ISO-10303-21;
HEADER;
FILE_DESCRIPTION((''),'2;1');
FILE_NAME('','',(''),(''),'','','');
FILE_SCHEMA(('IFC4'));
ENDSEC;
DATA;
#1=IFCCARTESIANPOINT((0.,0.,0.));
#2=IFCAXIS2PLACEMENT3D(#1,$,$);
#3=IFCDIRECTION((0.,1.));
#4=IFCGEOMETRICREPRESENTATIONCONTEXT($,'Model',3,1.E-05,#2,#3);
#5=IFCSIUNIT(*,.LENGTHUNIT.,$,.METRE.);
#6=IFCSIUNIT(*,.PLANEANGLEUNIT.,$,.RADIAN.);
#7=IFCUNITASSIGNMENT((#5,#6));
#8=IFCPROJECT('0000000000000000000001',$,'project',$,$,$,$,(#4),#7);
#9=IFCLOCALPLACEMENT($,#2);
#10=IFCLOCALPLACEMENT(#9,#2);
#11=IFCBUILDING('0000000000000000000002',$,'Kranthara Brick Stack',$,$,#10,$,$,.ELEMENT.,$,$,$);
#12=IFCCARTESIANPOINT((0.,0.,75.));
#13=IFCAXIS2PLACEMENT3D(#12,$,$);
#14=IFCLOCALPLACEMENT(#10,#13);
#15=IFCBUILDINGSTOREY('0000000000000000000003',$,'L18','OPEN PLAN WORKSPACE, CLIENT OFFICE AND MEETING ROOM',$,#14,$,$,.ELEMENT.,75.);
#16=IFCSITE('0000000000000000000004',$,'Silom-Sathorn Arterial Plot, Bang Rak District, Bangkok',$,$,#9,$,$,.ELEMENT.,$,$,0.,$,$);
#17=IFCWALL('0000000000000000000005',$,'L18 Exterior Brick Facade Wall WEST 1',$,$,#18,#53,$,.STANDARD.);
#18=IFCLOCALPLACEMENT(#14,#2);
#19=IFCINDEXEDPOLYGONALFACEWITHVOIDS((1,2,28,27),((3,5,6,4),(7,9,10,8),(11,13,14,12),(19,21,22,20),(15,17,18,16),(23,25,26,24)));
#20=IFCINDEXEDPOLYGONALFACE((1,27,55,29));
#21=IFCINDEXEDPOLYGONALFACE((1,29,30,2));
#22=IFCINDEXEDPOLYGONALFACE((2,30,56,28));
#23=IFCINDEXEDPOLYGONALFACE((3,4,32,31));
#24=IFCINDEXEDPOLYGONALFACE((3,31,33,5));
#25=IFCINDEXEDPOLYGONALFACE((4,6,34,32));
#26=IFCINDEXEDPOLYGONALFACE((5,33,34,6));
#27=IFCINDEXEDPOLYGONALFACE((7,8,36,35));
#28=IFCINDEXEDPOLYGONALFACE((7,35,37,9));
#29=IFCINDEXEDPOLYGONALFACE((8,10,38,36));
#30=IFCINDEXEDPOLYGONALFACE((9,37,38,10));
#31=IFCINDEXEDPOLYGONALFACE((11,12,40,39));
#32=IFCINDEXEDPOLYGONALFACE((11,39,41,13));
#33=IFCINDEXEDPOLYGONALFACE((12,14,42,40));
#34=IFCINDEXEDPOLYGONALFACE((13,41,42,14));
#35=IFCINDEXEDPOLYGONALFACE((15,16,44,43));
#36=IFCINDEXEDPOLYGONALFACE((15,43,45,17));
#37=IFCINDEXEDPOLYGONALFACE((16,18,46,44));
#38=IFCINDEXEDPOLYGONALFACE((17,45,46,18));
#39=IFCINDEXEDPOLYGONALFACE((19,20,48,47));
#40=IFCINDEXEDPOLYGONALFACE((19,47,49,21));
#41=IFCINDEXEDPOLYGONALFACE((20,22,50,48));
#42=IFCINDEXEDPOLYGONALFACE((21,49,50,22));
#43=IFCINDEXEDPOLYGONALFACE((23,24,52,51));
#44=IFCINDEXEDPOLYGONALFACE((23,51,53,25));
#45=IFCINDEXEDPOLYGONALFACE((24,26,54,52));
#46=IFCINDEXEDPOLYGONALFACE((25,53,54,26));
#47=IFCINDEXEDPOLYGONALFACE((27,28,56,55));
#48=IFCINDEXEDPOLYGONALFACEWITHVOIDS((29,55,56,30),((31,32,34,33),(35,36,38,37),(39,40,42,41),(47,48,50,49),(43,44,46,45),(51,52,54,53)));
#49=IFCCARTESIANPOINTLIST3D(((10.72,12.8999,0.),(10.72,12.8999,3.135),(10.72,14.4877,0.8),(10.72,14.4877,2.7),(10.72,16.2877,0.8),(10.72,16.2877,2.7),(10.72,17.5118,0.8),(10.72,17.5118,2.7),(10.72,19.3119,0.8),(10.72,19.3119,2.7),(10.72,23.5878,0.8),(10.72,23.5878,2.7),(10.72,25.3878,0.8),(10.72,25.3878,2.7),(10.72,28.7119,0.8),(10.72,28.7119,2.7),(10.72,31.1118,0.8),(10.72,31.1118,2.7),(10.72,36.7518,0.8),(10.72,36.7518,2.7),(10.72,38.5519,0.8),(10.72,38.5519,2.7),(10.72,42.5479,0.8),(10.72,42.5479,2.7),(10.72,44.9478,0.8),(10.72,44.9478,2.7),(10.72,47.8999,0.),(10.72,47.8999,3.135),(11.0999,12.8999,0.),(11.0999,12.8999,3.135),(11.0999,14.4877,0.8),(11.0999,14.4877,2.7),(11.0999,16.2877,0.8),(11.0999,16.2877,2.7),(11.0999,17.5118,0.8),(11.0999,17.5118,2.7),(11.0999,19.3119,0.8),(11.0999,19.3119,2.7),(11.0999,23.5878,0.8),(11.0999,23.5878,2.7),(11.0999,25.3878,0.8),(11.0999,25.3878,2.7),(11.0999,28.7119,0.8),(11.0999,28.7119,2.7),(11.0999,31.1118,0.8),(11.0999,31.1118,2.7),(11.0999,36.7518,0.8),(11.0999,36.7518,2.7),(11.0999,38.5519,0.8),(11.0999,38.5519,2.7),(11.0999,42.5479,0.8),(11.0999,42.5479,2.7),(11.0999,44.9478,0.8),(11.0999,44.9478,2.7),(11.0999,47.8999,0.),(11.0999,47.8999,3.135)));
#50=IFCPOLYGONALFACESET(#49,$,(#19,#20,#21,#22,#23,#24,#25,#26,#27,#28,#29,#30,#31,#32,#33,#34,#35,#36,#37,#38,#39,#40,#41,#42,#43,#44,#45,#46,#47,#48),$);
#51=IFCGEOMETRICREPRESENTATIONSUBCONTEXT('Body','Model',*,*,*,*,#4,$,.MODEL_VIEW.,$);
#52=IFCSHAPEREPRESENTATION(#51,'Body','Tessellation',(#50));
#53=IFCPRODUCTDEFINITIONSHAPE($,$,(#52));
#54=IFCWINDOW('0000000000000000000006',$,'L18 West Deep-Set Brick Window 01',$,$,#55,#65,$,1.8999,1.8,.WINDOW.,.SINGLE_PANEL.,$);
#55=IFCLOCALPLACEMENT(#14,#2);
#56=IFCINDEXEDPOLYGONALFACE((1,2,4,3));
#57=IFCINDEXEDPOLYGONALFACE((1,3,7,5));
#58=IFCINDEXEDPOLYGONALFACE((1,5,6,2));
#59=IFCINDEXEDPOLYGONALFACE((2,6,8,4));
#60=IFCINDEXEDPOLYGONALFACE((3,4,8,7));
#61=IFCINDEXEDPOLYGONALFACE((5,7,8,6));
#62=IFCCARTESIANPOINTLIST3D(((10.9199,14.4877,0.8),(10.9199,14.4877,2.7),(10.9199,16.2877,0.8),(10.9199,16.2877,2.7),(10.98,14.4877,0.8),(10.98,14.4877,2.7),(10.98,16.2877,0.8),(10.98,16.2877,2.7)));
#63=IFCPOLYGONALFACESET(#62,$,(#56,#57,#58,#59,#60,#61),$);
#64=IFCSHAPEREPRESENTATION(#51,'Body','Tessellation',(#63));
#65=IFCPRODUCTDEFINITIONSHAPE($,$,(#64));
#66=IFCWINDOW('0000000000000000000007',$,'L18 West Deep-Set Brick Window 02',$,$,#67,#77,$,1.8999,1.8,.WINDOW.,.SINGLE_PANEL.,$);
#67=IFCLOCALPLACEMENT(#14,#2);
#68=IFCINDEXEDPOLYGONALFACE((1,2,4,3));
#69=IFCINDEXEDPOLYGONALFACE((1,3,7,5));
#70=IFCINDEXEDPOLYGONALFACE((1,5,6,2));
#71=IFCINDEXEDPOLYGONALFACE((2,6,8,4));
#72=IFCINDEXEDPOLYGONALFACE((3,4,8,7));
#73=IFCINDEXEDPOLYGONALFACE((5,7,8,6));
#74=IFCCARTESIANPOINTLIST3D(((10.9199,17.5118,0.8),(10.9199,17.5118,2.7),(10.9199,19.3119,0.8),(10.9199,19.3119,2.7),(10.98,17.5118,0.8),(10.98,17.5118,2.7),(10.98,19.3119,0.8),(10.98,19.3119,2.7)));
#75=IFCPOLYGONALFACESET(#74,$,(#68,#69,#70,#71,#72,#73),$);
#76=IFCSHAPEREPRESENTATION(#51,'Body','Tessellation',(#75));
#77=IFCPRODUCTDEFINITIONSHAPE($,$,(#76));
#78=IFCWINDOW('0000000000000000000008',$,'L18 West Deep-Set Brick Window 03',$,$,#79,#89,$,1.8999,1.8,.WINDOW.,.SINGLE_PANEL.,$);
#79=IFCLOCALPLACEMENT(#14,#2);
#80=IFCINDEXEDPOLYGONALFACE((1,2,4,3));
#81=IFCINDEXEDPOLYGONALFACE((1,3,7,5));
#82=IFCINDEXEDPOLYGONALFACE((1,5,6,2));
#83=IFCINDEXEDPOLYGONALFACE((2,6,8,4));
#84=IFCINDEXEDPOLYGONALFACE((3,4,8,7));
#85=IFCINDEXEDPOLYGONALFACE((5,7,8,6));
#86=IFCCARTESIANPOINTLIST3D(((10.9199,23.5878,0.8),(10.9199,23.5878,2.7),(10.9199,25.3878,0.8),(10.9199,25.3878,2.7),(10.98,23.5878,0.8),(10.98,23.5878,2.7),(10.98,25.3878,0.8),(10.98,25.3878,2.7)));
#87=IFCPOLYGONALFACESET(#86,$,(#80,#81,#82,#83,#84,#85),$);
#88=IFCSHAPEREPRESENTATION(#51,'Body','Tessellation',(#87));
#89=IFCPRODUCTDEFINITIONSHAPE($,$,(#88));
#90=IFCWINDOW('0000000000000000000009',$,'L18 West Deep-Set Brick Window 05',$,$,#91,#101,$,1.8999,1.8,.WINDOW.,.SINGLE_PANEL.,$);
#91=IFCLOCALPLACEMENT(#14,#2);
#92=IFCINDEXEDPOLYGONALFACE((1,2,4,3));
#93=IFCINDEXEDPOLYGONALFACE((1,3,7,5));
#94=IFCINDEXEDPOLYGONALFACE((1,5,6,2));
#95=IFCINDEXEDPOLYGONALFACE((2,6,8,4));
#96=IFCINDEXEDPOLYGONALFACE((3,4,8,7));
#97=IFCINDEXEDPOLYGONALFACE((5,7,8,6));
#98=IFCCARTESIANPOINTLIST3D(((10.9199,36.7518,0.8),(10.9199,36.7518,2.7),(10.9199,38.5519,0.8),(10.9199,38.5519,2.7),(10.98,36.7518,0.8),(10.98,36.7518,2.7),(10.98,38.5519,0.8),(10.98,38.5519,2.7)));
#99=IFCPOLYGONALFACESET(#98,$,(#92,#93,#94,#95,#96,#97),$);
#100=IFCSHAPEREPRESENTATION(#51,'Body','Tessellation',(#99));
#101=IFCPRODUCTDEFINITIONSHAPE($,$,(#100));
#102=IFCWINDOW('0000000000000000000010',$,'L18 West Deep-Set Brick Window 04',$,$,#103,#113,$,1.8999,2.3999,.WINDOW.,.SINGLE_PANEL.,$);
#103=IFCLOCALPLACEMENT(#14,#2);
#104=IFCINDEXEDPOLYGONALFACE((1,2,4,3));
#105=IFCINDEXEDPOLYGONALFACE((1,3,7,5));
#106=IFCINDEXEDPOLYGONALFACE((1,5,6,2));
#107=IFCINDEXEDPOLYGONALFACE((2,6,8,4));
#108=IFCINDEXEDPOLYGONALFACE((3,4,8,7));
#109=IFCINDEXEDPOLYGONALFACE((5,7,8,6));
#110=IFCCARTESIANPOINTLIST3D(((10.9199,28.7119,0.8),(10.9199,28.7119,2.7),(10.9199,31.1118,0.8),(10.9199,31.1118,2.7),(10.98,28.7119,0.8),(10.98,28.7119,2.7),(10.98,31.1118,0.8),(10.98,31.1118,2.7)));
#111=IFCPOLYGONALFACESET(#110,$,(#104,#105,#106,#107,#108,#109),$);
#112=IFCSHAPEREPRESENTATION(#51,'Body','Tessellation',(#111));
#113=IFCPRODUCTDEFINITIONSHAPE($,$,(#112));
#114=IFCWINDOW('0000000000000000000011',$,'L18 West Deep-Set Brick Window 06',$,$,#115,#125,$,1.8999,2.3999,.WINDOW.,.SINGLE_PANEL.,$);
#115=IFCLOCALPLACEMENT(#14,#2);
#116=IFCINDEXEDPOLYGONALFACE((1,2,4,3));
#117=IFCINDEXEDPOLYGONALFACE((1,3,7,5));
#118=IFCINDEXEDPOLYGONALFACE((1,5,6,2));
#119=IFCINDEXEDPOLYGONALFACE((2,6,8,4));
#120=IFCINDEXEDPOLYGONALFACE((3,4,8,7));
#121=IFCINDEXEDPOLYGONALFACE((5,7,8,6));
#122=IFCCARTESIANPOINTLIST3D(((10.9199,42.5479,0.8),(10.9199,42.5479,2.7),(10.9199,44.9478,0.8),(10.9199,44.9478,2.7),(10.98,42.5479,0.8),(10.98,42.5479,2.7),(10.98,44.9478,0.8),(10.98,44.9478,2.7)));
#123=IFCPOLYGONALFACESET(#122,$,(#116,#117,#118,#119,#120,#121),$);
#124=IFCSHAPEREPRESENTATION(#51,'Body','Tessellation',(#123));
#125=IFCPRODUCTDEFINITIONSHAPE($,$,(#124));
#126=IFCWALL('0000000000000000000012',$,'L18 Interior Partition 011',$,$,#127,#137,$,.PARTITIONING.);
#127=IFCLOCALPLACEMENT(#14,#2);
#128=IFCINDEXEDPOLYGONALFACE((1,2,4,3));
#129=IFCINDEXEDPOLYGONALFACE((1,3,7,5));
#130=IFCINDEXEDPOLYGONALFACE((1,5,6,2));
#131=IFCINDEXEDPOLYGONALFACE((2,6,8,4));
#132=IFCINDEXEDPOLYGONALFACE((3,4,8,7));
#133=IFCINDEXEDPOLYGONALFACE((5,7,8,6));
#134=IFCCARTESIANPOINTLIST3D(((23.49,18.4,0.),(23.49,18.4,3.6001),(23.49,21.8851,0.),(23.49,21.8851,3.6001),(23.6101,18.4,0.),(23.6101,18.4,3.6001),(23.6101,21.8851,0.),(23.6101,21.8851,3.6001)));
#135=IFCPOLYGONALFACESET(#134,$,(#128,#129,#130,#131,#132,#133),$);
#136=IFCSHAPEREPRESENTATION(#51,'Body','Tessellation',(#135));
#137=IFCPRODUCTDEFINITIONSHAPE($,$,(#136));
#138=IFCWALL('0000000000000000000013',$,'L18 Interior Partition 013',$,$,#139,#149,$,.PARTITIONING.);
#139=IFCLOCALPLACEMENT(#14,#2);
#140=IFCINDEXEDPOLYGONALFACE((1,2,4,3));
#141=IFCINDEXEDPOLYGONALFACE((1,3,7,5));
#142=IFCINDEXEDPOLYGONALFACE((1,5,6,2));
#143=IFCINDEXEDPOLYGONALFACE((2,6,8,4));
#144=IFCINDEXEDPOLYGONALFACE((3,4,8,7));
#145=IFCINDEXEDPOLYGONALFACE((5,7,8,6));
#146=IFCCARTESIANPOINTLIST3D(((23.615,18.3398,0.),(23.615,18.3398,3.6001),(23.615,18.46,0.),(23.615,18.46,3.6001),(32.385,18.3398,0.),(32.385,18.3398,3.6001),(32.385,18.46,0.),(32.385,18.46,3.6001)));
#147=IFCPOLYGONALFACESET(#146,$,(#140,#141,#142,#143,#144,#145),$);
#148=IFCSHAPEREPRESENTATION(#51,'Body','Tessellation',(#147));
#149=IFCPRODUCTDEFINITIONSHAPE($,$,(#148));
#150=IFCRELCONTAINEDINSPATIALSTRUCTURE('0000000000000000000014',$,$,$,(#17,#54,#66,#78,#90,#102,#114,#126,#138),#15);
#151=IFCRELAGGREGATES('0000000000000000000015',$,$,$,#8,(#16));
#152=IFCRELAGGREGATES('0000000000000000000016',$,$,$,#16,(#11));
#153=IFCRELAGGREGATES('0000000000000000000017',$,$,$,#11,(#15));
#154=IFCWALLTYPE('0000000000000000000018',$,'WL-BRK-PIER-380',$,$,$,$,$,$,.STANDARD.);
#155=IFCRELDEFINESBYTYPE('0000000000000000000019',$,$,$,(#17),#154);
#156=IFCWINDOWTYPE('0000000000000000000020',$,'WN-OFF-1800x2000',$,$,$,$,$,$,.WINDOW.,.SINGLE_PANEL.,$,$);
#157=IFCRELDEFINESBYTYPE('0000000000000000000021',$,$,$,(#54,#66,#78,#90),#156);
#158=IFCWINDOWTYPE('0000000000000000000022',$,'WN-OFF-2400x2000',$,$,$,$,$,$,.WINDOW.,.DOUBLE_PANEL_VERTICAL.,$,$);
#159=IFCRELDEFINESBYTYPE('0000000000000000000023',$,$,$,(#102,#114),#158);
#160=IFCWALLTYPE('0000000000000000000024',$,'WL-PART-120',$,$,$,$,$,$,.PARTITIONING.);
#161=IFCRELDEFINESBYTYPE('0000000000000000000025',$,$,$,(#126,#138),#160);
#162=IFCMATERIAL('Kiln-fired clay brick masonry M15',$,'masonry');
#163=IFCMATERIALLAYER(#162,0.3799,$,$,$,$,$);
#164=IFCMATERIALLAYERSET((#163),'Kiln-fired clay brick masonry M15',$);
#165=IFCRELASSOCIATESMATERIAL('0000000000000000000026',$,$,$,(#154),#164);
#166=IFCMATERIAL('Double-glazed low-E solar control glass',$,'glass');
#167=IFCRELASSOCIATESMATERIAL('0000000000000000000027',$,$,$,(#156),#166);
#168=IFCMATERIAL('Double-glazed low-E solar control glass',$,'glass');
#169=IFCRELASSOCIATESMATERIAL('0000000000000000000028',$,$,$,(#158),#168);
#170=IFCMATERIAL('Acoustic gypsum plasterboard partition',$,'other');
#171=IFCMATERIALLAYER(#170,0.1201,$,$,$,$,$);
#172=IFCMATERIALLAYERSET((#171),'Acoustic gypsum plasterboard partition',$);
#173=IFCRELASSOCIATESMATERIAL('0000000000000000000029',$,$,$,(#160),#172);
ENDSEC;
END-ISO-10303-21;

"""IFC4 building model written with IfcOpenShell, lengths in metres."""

from ifc_helpers import new_model, si_unit, direction, frame, frame_2d, origin, place, context, subcontext, project, spatial, rectangle, extrude, material, layer, layer_set, type_object, element, fill, save


model = new_model("IFC4")

# Units and contexts
model_context = context("Model", 3, precision=1e-05, world=origin(), true_north=direction((0.0, 1.0)))
body_context = subcontext(model_context, "Body", "Model", "MODEL_VIEW")
ifc_project = project(units=[si_unit("LENGTHUNIT", "METRE"), si_unit("PLANEANGLEUNIT", "RADIAN")], contexts=[model_context])

# Site, building, storey
site_placement = place(None, origin())
site = spatial("IfcSite", under=ifc_project, at=site_placement, Name="Silom-Sathorn Arterial Plot, Bang Rak District, Bangkok", CompositionType="ELEMENT", RefElevation=0.0)
building_placement = place(site_placement, origin())
building = spatial("IfcBuilding", under=site, at=building_placement, Name="Kranthara Brick Stack", CompositionType="ELEMENT")
storey_placement = place(building_placement, frame((0.0, 0.0, 75.0)))
storey = spatial("IfcBuildingStorey", under=building, at=storey_placement, Name="L18", Description="OPEN PLAN WORKSPACE, CLIENT OFFICE AND MEETING ROOM", CompositionType="ELEMENT", Elevation=75.0)

# Wall, openings, windows
ifc_material_1 = material(Name="Kiln-fired clay brick masonry M15", Category="masonry")
ifc_layer_1 = layer(ifc_material_1, 0.3799)
ifc_layer_set_1 = layer_set([ifc_layer_1], Name="Kiln-fired clay brick masonry M15")
wall_type_1 = type_object("IfcWallType", Name="WL-BRK-PIER-380", PredefinedType="STANDARD", material=ifc_layer_set_1)
wall_1_placement = place(storey_placement, frame((10.9099, 12.8999, 0.0), z_axis=(0.0, 0.0, 1.0), x_axis=(0.0, 1.0, 0.0)))
wall_1 = element("IfcWall", 1, at=wall_1_placement, inside=storey, type_object=wall_type_1, Name="L18 Exterior Brick Facade Wall WEST 1", PredefinedType="STANDARD", context=body_context, shape_type="SweptSolid", body=[
    extrude(rectangle(XDim=35.0, YDim=0.3799, at=frame_2d((17.5, 0.0))), origin(), (0.0, 0.0, 1.0), 3.135),
])
opening_1_placement = place(wall_1_placement, frame((1.5879, 0.0, 0.8)))
opening_1 = element("IfcOpeningElement", 2, at=opening_1_placement, cuts=wall_1, PredefinedType="OPENING", context=body_context, shape_type="SweptSolid", body=[
    extrude(rectangle(XDim=1.8, YDim=1.8999, at=frame_2d((0.8999, 0.95))), frame((0.0, 0.2, 0.0), z_axis=(0.0, -1.0, 0.0), x_axis=(1.0, 0.0, 0.0)), (0.0, 0.0, 1.0), 0.3999),
])
opening_2_placement = place(wall_1_placement, frame((4.6121, 0.0, 0.8)))
opening_2 = element("IfcOpeningElement", 3, at=opening_2_placement, cuts=wall_1, PredefinedType="OPENING", context=body_context, shape_type="SweptSolid", body=[
    extrude(rectangle(XDim=1.8, YDim=1.8999, at=frame_2d((0.8999, 0.95))), frame((0.0, 0.2, 0.0), z_axis=(0.0, -1.0, 0.0), x_axis=(1.0, 0.0, 0.0)), (0.0, 0.0, 1.0), 0.3999),
])
opening_3_placement = place(wall_1_placement, frame((10.688, 0.0, 0.8)))
opening_3 = element("IfcOpeningElement", 4, at=opening_3_placement, cuts=wall_1, PredefinedType="OPENING", context=body_context, shape_type="SweptSolid", body=[
    extrude(rectangle(XDim=1.8, YDim=1.8999, at=frame_2d((0.8999, 0.95))), frame((0.0, 0.2, 0.0), z_axis=(0.0, -1.0, 0.0), x_axis=(1.0, 0.0, 0.0)), (0.0, 0.0, 1.0), 0.3999),
])
opening_4_placement = place(wall_1_placement, frame((15.812, 0.0, 0.8)))
opening_4 = element("IfcOpeningElement", 5, at=opening_4_placement, cuts=wall_1, PredefinedType="OPENING", context=body_context, shape_type="SweptSolid", body=[
    extrude(rectangle(XDim=2.3999, YDim=1.8999, at=frame_2d((1.2, 0.95))), frame((0.0, 0.2, 0.0), z_axis=(0.0, -1.0, 0.0), x_axis=(1.0, 0.0, 0.0)), (0.0, 0.0, 1.0), 0.3999),
])
opening_5_placement = place(wall_1_placement, frame((23.8521, 0.0, 0.8)))
opening_5 = element("IfcOpeningElement", 6, at=opening_5_placement, cuts=wall_1, PredefinedType="OPENING", context=body_context, shape_type="SweptSolid", body=[
    extrude(rectangle(XDim=1.8, YDim=1.8999, at=frame_2d((0.8999, 0.95))), frame((0.0, 0.2, 0.0), z_axis=(0.0, -1.0, 0.0), x_axis=(1.0, 0.0, 0.0)), (0.0, 0.0, 1.0), 0.3999),
])
opening_6_placement = place(wall_1_placement, frame((29.6479, 0.0, 0.8)))
opening_6 = element("IfcOpeningElement", 7, at=opening_6_placement, cuts=wall_1, PredefinedType="OPENING", context=body_context, shape_type="SweptSolid", body=[
    extrude(rectangle(XDim=2.3999, YDim=1.8999, at=frame_2d((1.2, 0.95))), frame((0.0, 0.2, 0.0), z_axis=(0.0, -1.0, 0.0), x_axis=(1.0, 0.0, 0.0)), (0.0, 0.0, 1.0), 0.3999),
])
ifc_material_2 = material(Name="Double-glazed low-E solar control glass", Category="glass")
window_type_1 = type_object("IfcWindowType", Name="WN-OFF-1800x2000", PartitioningType="SINGLE_PANEL", PredefinedType="WINDOW", material=ifc_material_2)
window_1_placement = place(opening_1_placement, origin())
window_1 = element("IfcWindow", 8, at=window_1_placement, inside=storey, type_object=window_type_1, Name="L18 West Deep-Set Brick Window 01", OverallHeight=1.8999, OverallWidth=1.8, PartitioningType="SINGLE_PANEL", PredefinedType="WINDOW", context=body_context, shape_type="SweptSolid", body=[
    extrude(rectangle(XDim=1.8, YDim=1.8999, at=frame_2d((0.8999, 0.95))), frame((0.0, -0.01, 0.0), z_axis=(0.0, -1.0, 0.0), x_axis=(1.0, 0.0, 0.0)), (0.0, 0.0, 1.0), 0.0601),
])
fill(opening_1, window_1)
window_2_placement = place(opening_2_placement, origin())
window_2 = element("IfcWindow", 9, at=window_2_placement, inside=storey, type_object=window_type_1, Name="L18 West Deep-Set Brick Window 02", OverallHeight=1.8999, OverallWidth=1.8, PartitioningType="SINGLE_PANEL", PredefinedType="WINDOW", context=body_context, shape_type="SweptSolid", body=[
    extrude(rectangle(XDim=1.8, YDim=1.8999, at=frame_2d((0.8999, 0.95))), frame((0.0, -0.01, 0.0), z_axis=(0.0, -1.0, 0.0), x_axis=(1.0, 0.0, 0.0)), (0.0, 0.0, 1.0), 0.0601),
])
fill(opening_2, window_2)
window_3_placement = place(opening_3_placement, origin())
window_3 = element("IfcWindow", 10, at=window_3_placement, inside=storey, type_object=window_type_1, Name="L18 West Deep-Set Brick Window 03", OverallHeight=1.8999, OverallWidth=1.8, PartitioningType="SINGLE_PANEL", PredefinedType="WINDOW", context=body_context, shape_type="SweptSolid", body=[
    extrude(rectangle(XDim=1.8, YDim=1.8999, at=frame_2d((0.8999, 0.95))), frame((0.0, -0.01, 0.0), z_axis=(0.0, -1.0, 0.0), x_axis=(1.0, 0.0, 0.0)), (0.0, 0.0, 1.0), 0.0601),
])
fill(opening_3, window_3)
window_4_placement = place(opening_5_placement, origin())
window_4 = element("IfcWindow", 11, at=window_4_placement, inside=storey, type_object=window_type_1, Name="L18 West Deep-Set Brick Window 05", OverallHeight=1.8999, OverallWidth=1.8, PartitioningType="SINGLE_PANEL", PredefinedType="WINDOW", context=body_context, shape_type="SweptSolid", body=[
    extrude(rectangle(XDim=1.8, YDim=1.8999, at=frame_2d((0.8999, 0.95))), frame((0.0, -0.01, 0.0), z_axis=(0.0, -1.0, 0.0), x_axis=(1.0, 0.0, 0.0)), (0.0, 0.0, 1.0), 0.0601),
])
fill(opening_5, window_4)
ifc_material_3 = material(Name="Double-glazed low-E solar control glass", Category="glass")
window_type_2 = type_object("IfcWindowType", Name="WN-OFF-2400x2000", PartitioningType="DOUBLE_PANEL_VERTICAL", PredefinedType="WINDOW", material=ifc_material_3)
window_5_placement = place(opening_4_placement, origin())
window_5 = element("IfcWindow", 12, at=window_5_placement, inside=storey, type_object=window_type_2, Name="L18 West Deep-Set Brick Window 04", OverallHeight=1.8999, OverallWidth=2.3999, PartitioningType="SINGLE_PANEL", PredefinedType="WINDOW", context=body_context, shape_type="SweptSolid", body=[
    extrude(rectangle(XDim=2.3999, YDim=1.8999, at=frame_2d((1.2, 0.95))), frame((0.0, -0.01, 0.0), z_axis=(0.0, -1.0, 0.0), x_axis=(1.0, 0.0, 0.0)), (0.0, 0.0, 1.0), 0.0601),
])
fill(opening_4, window_5)
window_6_placement = place(opening_6_placement, origin())
window_6 = element("IfcWindow", 13, at=window_6_placement, inside=storey, type_object=window_type_2, Name="L18 West Deep-Set Brick Window 06", OverallHeight=1.8999, OverallWidth=2.3999, PartitioningType="SINGLE_PANEL", PredefinedType="WINDOW", context=body_context, shape_type="SweptSolid", body=[
    extrude(rectangle(XDim=2.3999, YDim=1.8999, at=frame_2d((1.2, 0.95))), frame((0.0, -0.01, 0.0), z_axis=(0.0, -1.0, 0.0), x_axis=(1.0, 0.0, 0.0)), (0.0, 0.0, 1.0), 0.0601),
])
fill(opening_6, window_6)

# Walls
ifc_material_4 = material(Name="Acoustic gypsum plasterboard partition", Category="other")
ifc_layer_2 = layer(ifc_material_4, 0.1201)
ifc_layer_set_2 = layer_set([ifc_layer_2], Name="Acoustic gypsum plasterboard partition")
wall_type_2 = type_object("IfcWallType", Name="WL-PART-120", PredefinedType="PARTITIONING", material=ifc_layer_set_2)
wall_2_placement = place(storey_placement, frame((23.55, 18.3999, 0.0), z_axis=(0.0, 0.0, 1.0), x_axis=(0.0, 1.0, 0.0)))
element("IfcWall", 14, at=wall_2_placement, inside=storey, type_object=wall_type_2, Name="L18 Interior Partition 011", PredefinedType="PARTITIONING", context=body_context, shape_type="SweptSolid", body=[
    extrude(rectangle(XDim=3.4851, YDim=0.1201, at=frame_2d((1.7427, 0.0))), origin(), (0.0, 0.0, 1.0), 3.6001),
])
wall_3_placement = place(storey_placement, frame((23.615, 18.3999, 0.0), z_axis=(0.0, 0.0, 1.0), x_axis=(1.0, 0.0, 0.0)))
element("IfcWall", 15, at=wall_3_placement, inside=storey, type_object=wall_type_2, Name="L18 Interior Partition 013", PredefinedType="PARTITIONING", context=body_context, shape_type="SweptSolid", body=[
    extrude(rectangle(XDim=8.77, YDim=0.1201, at=frame_2d((4.385, 0.0))), origin(), (0.0, 0.0, 1.0), 3.6001),
])

save(model, "model.ifc")
